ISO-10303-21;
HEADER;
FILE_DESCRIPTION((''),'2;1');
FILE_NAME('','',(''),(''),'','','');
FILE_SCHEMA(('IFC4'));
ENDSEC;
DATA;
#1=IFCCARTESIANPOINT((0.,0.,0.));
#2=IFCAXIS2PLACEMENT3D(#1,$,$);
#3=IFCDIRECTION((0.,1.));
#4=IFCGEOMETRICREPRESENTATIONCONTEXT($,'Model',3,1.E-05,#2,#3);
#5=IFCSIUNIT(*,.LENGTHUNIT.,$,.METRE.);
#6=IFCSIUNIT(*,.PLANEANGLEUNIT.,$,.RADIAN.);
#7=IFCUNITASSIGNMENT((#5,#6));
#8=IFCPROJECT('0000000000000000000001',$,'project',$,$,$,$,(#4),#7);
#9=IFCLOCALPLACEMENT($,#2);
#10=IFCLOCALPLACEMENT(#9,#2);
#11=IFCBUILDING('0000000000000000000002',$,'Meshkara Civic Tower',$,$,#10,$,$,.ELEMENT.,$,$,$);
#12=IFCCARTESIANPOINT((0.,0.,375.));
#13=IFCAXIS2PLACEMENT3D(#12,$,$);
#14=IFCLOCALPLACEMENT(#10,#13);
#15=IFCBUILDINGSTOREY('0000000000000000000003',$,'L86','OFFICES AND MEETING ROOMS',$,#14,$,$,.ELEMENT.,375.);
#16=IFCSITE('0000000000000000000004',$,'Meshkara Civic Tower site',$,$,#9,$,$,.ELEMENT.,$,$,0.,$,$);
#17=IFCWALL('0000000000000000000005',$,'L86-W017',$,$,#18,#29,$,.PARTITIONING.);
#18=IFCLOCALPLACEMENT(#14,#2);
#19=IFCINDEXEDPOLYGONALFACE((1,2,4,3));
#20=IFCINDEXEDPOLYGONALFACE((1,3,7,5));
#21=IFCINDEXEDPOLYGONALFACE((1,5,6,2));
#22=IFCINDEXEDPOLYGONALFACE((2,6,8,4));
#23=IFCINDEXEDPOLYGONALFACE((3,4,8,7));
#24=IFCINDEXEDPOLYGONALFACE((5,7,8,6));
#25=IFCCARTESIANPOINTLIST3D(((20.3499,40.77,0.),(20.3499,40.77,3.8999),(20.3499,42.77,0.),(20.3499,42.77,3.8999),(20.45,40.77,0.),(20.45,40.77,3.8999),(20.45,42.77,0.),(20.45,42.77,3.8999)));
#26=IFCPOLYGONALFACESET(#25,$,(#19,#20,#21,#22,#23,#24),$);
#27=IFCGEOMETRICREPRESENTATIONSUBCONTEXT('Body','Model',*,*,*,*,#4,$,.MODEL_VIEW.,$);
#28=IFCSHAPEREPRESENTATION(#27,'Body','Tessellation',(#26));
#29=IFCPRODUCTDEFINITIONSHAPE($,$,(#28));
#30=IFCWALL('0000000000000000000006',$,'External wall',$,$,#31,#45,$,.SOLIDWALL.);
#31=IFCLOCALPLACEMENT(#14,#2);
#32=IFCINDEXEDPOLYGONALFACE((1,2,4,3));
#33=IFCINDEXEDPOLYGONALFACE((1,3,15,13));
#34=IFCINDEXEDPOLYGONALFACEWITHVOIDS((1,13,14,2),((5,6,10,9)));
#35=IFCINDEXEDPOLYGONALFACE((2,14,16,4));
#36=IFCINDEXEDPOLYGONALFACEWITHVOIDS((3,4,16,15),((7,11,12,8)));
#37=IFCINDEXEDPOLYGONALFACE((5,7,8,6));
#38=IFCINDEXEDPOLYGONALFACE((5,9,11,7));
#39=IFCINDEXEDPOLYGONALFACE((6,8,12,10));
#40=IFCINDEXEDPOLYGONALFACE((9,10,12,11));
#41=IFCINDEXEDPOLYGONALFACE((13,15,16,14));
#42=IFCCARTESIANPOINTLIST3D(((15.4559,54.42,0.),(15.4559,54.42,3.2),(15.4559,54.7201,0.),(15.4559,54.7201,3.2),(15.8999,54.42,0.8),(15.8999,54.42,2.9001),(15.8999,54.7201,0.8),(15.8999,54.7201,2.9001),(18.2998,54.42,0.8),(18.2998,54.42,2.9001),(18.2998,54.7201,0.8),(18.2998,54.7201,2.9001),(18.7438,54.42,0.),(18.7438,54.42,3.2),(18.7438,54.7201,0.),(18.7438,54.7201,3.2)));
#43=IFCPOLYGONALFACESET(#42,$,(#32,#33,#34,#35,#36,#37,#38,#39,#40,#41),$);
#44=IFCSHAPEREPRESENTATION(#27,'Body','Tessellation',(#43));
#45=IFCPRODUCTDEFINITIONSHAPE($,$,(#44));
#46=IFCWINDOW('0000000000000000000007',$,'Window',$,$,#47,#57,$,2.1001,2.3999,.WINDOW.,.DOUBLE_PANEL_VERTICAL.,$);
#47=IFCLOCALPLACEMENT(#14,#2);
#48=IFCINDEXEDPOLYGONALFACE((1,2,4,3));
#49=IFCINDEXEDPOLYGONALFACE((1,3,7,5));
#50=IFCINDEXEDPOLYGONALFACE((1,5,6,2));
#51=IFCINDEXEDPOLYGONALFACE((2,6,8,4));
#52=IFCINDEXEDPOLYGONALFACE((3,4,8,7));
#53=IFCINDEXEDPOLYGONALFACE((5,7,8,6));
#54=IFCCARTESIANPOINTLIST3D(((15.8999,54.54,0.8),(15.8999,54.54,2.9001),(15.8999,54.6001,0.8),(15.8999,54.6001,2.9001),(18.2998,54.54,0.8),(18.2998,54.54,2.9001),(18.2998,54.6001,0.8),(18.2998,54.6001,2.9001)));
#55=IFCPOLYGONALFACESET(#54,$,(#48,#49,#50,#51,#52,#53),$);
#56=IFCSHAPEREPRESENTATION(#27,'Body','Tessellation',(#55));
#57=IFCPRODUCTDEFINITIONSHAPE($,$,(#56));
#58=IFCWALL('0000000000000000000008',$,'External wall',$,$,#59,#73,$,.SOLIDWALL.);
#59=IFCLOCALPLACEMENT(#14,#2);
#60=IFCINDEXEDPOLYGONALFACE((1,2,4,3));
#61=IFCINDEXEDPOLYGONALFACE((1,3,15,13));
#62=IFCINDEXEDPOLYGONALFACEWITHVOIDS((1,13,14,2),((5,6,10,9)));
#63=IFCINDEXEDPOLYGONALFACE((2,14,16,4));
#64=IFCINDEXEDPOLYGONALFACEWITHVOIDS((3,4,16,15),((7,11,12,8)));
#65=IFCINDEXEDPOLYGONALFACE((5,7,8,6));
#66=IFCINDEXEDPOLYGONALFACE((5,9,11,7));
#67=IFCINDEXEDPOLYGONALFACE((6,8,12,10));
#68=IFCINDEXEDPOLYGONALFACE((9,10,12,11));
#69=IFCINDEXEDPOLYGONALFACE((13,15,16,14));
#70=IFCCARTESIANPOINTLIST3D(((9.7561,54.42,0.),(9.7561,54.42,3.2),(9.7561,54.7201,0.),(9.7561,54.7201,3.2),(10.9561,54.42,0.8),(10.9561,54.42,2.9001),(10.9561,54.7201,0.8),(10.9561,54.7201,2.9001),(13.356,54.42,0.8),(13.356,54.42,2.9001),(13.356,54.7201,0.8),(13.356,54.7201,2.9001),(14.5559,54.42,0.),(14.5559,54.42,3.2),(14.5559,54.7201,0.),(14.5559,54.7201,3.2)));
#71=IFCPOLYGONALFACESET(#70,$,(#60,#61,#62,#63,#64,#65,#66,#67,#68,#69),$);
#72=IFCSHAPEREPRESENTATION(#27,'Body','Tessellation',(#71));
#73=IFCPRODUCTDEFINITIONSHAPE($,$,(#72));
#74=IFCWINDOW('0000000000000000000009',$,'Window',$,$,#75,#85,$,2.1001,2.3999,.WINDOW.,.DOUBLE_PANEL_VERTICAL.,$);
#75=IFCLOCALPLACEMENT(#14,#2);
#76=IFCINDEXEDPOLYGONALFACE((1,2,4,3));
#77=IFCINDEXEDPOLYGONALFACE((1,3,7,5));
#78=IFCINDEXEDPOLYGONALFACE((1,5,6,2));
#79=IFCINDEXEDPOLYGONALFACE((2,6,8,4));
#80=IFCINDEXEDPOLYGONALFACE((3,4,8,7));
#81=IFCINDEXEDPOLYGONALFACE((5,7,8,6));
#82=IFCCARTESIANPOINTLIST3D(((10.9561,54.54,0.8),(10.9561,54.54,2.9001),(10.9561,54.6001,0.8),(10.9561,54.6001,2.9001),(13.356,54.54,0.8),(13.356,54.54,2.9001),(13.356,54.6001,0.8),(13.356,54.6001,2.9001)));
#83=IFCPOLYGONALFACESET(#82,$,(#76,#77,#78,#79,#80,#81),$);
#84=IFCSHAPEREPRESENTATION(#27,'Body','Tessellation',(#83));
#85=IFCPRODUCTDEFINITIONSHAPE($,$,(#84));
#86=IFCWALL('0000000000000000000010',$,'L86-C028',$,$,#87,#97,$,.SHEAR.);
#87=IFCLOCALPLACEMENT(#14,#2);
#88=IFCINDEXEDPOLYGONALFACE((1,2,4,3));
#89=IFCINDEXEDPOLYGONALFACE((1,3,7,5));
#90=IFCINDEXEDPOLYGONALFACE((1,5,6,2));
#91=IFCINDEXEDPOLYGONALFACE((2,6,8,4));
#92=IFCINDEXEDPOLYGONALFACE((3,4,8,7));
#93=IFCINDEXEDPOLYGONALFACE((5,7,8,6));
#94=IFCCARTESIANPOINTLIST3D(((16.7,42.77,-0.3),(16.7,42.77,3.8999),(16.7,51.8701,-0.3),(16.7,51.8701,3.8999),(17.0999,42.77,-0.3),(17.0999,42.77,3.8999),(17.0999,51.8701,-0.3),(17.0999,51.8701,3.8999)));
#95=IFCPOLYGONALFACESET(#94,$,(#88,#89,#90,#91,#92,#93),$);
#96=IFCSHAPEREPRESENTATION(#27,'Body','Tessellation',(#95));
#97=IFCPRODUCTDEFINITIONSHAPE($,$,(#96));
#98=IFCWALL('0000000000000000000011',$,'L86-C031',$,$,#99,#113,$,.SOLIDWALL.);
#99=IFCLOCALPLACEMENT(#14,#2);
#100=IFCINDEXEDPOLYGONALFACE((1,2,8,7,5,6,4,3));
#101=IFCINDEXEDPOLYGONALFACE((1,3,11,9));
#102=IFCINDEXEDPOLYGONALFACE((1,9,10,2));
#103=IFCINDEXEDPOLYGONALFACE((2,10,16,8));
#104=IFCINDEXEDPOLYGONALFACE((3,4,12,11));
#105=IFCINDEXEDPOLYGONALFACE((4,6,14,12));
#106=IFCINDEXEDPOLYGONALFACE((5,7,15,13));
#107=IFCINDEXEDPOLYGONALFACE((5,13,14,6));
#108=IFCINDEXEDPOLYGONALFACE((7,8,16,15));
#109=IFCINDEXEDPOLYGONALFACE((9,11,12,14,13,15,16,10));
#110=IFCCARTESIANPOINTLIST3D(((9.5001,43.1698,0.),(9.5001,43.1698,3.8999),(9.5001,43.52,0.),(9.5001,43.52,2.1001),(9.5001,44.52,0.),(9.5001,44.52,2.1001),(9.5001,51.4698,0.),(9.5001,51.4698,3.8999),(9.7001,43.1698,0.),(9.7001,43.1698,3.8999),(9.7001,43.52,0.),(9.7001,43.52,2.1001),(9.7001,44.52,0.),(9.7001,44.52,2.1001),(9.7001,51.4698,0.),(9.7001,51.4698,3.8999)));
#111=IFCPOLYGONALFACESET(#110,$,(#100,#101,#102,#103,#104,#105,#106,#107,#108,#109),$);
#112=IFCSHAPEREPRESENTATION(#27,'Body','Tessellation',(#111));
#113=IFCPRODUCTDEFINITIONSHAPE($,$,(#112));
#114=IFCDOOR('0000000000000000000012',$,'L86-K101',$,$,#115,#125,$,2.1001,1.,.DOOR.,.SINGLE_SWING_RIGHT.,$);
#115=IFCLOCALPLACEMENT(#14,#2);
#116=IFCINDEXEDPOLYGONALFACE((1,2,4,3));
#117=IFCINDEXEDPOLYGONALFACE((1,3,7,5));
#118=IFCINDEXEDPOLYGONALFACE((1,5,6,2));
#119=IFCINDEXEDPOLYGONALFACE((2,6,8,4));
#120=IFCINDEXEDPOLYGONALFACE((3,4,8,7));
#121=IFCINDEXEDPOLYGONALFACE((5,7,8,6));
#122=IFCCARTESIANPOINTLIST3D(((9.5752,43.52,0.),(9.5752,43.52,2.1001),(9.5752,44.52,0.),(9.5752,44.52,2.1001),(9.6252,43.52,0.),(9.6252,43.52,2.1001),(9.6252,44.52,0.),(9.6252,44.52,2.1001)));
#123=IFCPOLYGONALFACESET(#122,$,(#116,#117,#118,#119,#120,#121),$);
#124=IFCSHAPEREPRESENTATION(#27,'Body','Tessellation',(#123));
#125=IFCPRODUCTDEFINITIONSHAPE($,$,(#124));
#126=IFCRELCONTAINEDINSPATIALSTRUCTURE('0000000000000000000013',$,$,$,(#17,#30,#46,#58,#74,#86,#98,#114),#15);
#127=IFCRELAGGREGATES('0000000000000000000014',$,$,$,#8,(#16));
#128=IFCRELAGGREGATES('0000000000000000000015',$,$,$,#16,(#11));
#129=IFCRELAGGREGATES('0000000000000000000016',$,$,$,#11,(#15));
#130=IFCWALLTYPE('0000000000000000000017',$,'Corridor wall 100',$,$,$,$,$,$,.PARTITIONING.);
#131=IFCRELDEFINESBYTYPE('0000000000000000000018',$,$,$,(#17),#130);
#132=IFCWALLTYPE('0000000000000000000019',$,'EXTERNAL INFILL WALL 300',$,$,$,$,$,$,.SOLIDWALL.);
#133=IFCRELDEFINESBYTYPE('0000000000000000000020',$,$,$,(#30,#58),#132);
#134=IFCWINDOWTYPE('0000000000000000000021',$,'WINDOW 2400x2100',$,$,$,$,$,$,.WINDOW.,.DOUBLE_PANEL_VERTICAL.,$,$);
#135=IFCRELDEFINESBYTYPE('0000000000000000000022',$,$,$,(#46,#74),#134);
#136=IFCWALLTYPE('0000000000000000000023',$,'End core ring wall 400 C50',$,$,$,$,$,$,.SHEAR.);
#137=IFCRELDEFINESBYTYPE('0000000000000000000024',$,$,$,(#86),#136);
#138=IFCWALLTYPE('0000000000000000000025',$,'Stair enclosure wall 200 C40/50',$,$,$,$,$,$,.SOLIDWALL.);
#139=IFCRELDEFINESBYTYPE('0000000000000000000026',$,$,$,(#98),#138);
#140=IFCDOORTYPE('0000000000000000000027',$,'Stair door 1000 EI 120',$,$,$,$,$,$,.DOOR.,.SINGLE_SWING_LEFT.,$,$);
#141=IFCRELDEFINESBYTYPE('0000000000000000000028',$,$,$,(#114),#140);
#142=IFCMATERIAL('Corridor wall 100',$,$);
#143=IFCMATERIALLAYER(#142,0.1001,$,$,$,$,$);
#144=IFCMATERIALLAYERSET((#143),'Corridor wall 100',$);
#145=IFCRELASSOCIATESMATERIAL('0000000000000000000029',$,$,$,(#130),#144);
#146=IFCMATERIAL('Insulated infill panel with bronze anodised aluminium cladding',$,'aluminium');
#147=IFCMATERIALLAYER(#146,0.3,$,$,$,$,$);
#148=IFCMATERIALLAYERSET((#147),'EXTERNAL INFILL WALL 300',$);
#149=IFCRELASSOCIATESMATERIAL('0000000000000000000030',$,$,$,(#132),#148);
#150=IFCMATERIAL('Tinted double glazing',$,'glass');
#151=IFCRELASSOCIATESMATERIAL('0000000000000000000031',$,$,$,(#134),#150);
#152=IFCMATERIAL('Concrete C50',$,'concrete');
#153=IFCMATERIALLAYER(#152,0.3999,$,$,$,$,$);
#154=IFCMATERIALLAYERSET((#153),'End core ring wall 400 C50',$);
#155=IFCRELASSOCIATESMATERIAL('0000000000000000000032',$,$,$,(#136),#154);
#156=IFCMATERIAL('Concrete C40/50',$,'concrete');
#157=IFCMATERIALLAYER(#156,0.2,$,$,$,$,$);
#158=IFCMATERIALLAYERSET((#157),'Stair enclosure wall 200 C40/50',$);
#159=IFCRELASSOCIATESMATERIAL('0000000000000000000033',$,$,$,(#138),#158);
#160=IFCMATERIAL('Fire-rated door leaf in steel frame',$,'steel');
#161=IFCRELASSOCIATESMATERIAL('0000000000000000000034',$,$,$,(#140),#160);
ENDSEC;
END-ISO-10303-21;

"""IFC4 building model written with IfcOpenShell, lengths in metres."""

from ifc_helpers import new_model, si_unit, direction, frame, frame_2d, origin, place, context, subcontext, project, spatial, rectangle, extrude, material, layer, layer_set, type_object, element, fill, save


model = new_model("IFC4")

# Units and contexts
model_context = context("Model", 3, precision=1e-05, world=origin(), true_north=direction((0.0, 1.0)))
body_context = subcontext(model_context, "Body", "Model", "MODEL_VIEW")
ifc_project = project(units=[si_unit("LENGTHUNIT", "METRE"), si_unit("PLANEANGLEUNIT", "RADIAN")], contexts=[model_context])

# Site, building, storey
site_placement = place(None, origin())
site = spatial("IfcSite", under=ifc_project, at=site_placement, Name="Meshkara Civic Tower site", CompositionType="ELEMENT", RefElevation=0.0)
building_placement = place(site_placement, origin())
building = spatial("IfcBuilding", under=site, at=building_placement, Name="Meshkara Civic Tower", CompositionType="ELEMENT")
storey_placement = place(building_placement, frame((0.0, 0.0, 375.0)))
storey = spatial("IfcBuildingStorey", under=building, at=storey_placement, Name="L86", Description="OFFICES AND MEETING ROOMS", CompositionType="ELEMENT", Elevation=375.0)

# Shared definitions
ifc_material_1 = material(Name="Corridor wall 100")
ifc_layer_1 = layer(ifc_material_1, 0.1001)
ifc_layer_set_1 = layer_set([ifc_layer_1], Name="Corridor wall 100")
wall_type_1 = type_object("IfcWallType", Name="Corridor wall 100", PredefinedType="PARTITIONING", material=ifc_layer_set_1)

# Wall
wall_1_placement = place(storey_placement, frame((20.3999, 40.77, 0.0), z_axis=(0.0, 0.0, 1.0), x_axis=(0.0, 1.0, 0.0)))
element("IfcWall", 1, at=wall_1_placement, inside=storey, type_object=wall_type_1, Name="L86-W017", PredefinedType="PARTITIONING", context=body_context, shape_type="SweptSolid", body=[
    extrude(rectangle(XDim=2.0, YDim=0.1001, at=frame_2d((1.0, 0.0))), origin(), (0.0, 0.0, 1.0), 3.8999),
])

# Walls, openings, windows
ifc_material_2 = material(Name="Insulated infill panel with bronze anodised aluminium cladding", Category="aluminium")
ifc_layer_2 = layer(ifc_material_2, 0.3)
ifc_layer_set_2 = layer_set([ifc_layer_2], Name="EXTERNAL INFILL WALL 300")
wall_type_2 = type_object("IfcWallType", Name="EXTERNAL INFILL WALL 300", PredefinedType="SOLIDWALL", material=ifc_layer_set_2)
wall_2_placement = place(storey_placement, frame((18.7439, 54.5701, 0.0), z_axis=(0.0, 0.0, 1.0), x_axis=(-1.0, 0.0, 0.0)))
wall_2 = element("IfcWall", 2, at=wall_2_placement, inside=storey, type_object=wall_type_2, Name="External wall", PredefinedType="SOLIDWALL", context=body_context, shape_type="SweptSolid", body=[
    extrude(rectangle(XDim=3.2878, YDim=0.3, at=frame_2d((1.644, 0.0))), origin(), (0.0, 0.0, 1.0), 3.2),
])
opening_1_placement = place(wall_2_placement, frame((0.4441, 0.0, 0.8)))
opening_1 = element("IfcOpeningElement", 3, at=opening_1_placement, cuts=wall_2, PredefinedType="OPENING", context=body_context, shape_type="SweptSolid", body=[
    extrude(rectangle(XDim=2.3999, YDim=2.1001, at=frame_2d((1.2, 1.05))), frame((0.0, 0.1599, 0.0), z_axis=(0.0, -1.0, 0.0), x_axis=(1.0, 0.0, 0.0)), (0.0, 0.0, 1.0), 0.3201),
])
ifc_material_3 = material(Name="Tinted double glazing", Category="glass")
window_type = type_object("IfcWindowType", Name="WINDOW 2400x2100", PartitioningType="DOUBLE_PANEL_VERTICAL", PredefinedType="WINDOW", material=ifc_material_3)
window_1_placement = place(opening_1_placement, origin())
window_1 = element("IfcWindow", 4, at=window_1_placement, inside=storey, type_object=window_type, Name="Window", OverallHeight=2.1001, OverallWidth=2.3999, PartitioningType="DOUBLE_PANEL_VERTICAL", PredefinedType="WINDOW", context=body_context, shape_type="SweptSolid", body=[
    extrude(rectangle(XDim=2.3999, YDim=2.1001, at=frame_2d((1.2, 1.05))), frame((0.0, 0.03, 0.0), z_axis=(0.0, -1.0, 0.0), x_axis=(1.0, 0.0, 0.0)), (0.0, 0.0, 1.0), 0.0601),
])
fill(opening_1, window_1)
wall_3_placement = place(storey_placement, frame((14.5559, 54.5701, 0.0), z_axis=(0.0, 0.0, 1.0), x_axis=(-1.0, 0.0, 0.0)))
wall_3 = element("IfcWall", 5, at=wall_3_placement, inside=storey, type_object=wall_type_2, Name="External wall", PredefinedType="SOLIDWALL", context=body_context, shape_type="SweptSolid", body=[
    extrude(rectangle(XDim=4.7998, YDim=0.3, at=frame_2d((2.3999, 0.0))), origin(), (0.0, 0.0, 1.0), 3.2),
])
opening_2_placement = place(wall_3_placement, frame((1.2, 0.0, 0.8)))
opening_2 = element("IfcOpeningElement", 6, at=opening_2_placement, cuts=wall_3, PredefinedType="OPENING", context=body_context, shape_type="SweptSolid", body=[
    extrude(rectangle(XDim=2.3999, YDim=2.1001, at=frame_2d((1.2, 1.05))), frame((0.0, 0.1599, 0.0), z_axis=(0.0, -1.0, 0.0), x_axis=(1.0, 0.0, 0.0)), (0.0, 0.0, 1.0), 0.3201),
])
window_2_placement = place(opening_2_placement, origin())
window_2 = element("IfcWindow", 7, at=window_2_placement, inside=storey, type_object=window_type, Name="Window", OverallHeight=2.1001, OverallWidth=2.3999, PartitioningType="DOUBLE_PANEL_VERTICAL", PredefinedType="WINDOW", context=body_context, shape_type="SweptSolid", body=[
    extrude(rectangle(XDim=2.3999, YDim=2.1001, at=frame_2d((1.2, 1.05))), frame((0.0, 0.03, 0.0), z_axis=(0.0, -1.0, 0.0), x_axis=(1.0, 0.0, 0.0)), (0.0, 0.0, 1.0), 0.0601),
])
fill(opening_2, window_2)

# Wall
ifc_material_4 = material(Name="Concrete C50", Category="concrete")
ifc_layer_3 = layer(ifc_material_4, 0.3999)
ifc_layer_set_3 = layer_set([ifc_layer_3], Name="End core ring wall 400 C50")
wall_type_3 = type_object("IfcWallType", Name="End core ring wall 400 C50", PredefinedType="SHEAR", material=ifc_layer_set_3)
wall_4_placement = place(storey_placement, frame((16.8999, 42.77, -0.3), z_axis=(0.0, 0.0, 1.0), x_axis=(0.0, 1.0, 0.0)))
element("IfcWall", 8, at=wall_4_placement, inside=storey, type_object=wall_type_3, Name="L86-C028", PredefinedType="SHEAR", context=body_context, shape_type="SweptSolid", body=[
    extrude(rectangle(XDim=9.1001, YDim=0.3999, at=frame_2d((4.55, 0.0))), origin(), (0.0, 0.0, 1.0), 4.2),
])

# Wall, opening, door
ifc_material_5 = material(Name="Concrete C40/50", Category="concrete")
ifc_layer_4 = layer(ifc_material_5, 0.2)
ifc_layer_set_4 = layer_set([ifc_layer_4], Name="Stair enclosure wall 200 C40/50")
wall_type_4 = type_object("IfcWallType", Name="Stair enclosure wall 200 C40/50", PredefinedType="SOLIDWALL", material=ifc_layer_set_4)
wall_5_placement = place(storey_placement, frame((9.6001, 43.1699, 0.0), z_axis=(0.0, 0.0, 1.0), x_axis=(0.0, 1.0, 0.0)))
wall_5 = element("IfcWall", 9, at=wall_5_placement, inside=storey, type_object=wall_type_4, Name="L86-C031", PredefinedType="SOLIDWALL", context=body_context, shape_type="SweptSolid", body=[
    extrude(rectangle(XDim=8.3, YDim=0.2, at=frame_2d((4.1499, 0.0))), origin(), (0.0, 0.0, 1.0), 3.8999),
])
opening_3_placement = place(wall_5_placement, frame((0.3501, 0.0, 0.0)))
opening_3 = element("IfcOpeningElement", 10, at=opening_3_placement, cuts=wall_5, PredefinedType="OPENING", context=body_context, shape_type="SweptSolid", body=[
    extrude(rectangle(XDim=1.0, YDim=2.1001, at=frame_2d((0.5, 1.05))), frame((0.0, 0.1099, 0.0), z_axis=(0.0, -1.0, 0.0), x_axis=(1.0, 0.0, 0.0)), (0.0, 0.0, 1.0), 0.22),
])
ifc_material_6 = material(Name="Fire-rated door leaf in steel frame", Category="steel")
door_type_1 = type_object("IfcDoorType", Name="Stair door 1000 EI 120", OperationType="SINGLE_SWING_LEFT", PredefinedType="DOOR", material=ifc_material_6)
door_1_placement = place(opening_3_placement, origin())
door_1 = element("IfcDoor", 11, at=door_1_placement, inside=storey, type_object=door_type_1, Name="L86-K101", OperationType="SINGLE_SWING_RIGHT", OverallHeight=2.1001, OverallWidth=1.0, PredefinedType="DOOR", context=body_context, shape_type="SweptSolid", body=[
    extrude(rectangle(XDim=1.0, YDim=2.1001, at=frame_2d((0.5, 1.05))), frame((0.0, 0.0249, 0.0), z_axis=(0.0, -1.0, 0.0), x_axis=(1.0, 0.0, 0.0)), (0.0, 0.0, 1.0), 0.05),
])
fill(opening_3, door_1)

save(model, "model.ifc")
